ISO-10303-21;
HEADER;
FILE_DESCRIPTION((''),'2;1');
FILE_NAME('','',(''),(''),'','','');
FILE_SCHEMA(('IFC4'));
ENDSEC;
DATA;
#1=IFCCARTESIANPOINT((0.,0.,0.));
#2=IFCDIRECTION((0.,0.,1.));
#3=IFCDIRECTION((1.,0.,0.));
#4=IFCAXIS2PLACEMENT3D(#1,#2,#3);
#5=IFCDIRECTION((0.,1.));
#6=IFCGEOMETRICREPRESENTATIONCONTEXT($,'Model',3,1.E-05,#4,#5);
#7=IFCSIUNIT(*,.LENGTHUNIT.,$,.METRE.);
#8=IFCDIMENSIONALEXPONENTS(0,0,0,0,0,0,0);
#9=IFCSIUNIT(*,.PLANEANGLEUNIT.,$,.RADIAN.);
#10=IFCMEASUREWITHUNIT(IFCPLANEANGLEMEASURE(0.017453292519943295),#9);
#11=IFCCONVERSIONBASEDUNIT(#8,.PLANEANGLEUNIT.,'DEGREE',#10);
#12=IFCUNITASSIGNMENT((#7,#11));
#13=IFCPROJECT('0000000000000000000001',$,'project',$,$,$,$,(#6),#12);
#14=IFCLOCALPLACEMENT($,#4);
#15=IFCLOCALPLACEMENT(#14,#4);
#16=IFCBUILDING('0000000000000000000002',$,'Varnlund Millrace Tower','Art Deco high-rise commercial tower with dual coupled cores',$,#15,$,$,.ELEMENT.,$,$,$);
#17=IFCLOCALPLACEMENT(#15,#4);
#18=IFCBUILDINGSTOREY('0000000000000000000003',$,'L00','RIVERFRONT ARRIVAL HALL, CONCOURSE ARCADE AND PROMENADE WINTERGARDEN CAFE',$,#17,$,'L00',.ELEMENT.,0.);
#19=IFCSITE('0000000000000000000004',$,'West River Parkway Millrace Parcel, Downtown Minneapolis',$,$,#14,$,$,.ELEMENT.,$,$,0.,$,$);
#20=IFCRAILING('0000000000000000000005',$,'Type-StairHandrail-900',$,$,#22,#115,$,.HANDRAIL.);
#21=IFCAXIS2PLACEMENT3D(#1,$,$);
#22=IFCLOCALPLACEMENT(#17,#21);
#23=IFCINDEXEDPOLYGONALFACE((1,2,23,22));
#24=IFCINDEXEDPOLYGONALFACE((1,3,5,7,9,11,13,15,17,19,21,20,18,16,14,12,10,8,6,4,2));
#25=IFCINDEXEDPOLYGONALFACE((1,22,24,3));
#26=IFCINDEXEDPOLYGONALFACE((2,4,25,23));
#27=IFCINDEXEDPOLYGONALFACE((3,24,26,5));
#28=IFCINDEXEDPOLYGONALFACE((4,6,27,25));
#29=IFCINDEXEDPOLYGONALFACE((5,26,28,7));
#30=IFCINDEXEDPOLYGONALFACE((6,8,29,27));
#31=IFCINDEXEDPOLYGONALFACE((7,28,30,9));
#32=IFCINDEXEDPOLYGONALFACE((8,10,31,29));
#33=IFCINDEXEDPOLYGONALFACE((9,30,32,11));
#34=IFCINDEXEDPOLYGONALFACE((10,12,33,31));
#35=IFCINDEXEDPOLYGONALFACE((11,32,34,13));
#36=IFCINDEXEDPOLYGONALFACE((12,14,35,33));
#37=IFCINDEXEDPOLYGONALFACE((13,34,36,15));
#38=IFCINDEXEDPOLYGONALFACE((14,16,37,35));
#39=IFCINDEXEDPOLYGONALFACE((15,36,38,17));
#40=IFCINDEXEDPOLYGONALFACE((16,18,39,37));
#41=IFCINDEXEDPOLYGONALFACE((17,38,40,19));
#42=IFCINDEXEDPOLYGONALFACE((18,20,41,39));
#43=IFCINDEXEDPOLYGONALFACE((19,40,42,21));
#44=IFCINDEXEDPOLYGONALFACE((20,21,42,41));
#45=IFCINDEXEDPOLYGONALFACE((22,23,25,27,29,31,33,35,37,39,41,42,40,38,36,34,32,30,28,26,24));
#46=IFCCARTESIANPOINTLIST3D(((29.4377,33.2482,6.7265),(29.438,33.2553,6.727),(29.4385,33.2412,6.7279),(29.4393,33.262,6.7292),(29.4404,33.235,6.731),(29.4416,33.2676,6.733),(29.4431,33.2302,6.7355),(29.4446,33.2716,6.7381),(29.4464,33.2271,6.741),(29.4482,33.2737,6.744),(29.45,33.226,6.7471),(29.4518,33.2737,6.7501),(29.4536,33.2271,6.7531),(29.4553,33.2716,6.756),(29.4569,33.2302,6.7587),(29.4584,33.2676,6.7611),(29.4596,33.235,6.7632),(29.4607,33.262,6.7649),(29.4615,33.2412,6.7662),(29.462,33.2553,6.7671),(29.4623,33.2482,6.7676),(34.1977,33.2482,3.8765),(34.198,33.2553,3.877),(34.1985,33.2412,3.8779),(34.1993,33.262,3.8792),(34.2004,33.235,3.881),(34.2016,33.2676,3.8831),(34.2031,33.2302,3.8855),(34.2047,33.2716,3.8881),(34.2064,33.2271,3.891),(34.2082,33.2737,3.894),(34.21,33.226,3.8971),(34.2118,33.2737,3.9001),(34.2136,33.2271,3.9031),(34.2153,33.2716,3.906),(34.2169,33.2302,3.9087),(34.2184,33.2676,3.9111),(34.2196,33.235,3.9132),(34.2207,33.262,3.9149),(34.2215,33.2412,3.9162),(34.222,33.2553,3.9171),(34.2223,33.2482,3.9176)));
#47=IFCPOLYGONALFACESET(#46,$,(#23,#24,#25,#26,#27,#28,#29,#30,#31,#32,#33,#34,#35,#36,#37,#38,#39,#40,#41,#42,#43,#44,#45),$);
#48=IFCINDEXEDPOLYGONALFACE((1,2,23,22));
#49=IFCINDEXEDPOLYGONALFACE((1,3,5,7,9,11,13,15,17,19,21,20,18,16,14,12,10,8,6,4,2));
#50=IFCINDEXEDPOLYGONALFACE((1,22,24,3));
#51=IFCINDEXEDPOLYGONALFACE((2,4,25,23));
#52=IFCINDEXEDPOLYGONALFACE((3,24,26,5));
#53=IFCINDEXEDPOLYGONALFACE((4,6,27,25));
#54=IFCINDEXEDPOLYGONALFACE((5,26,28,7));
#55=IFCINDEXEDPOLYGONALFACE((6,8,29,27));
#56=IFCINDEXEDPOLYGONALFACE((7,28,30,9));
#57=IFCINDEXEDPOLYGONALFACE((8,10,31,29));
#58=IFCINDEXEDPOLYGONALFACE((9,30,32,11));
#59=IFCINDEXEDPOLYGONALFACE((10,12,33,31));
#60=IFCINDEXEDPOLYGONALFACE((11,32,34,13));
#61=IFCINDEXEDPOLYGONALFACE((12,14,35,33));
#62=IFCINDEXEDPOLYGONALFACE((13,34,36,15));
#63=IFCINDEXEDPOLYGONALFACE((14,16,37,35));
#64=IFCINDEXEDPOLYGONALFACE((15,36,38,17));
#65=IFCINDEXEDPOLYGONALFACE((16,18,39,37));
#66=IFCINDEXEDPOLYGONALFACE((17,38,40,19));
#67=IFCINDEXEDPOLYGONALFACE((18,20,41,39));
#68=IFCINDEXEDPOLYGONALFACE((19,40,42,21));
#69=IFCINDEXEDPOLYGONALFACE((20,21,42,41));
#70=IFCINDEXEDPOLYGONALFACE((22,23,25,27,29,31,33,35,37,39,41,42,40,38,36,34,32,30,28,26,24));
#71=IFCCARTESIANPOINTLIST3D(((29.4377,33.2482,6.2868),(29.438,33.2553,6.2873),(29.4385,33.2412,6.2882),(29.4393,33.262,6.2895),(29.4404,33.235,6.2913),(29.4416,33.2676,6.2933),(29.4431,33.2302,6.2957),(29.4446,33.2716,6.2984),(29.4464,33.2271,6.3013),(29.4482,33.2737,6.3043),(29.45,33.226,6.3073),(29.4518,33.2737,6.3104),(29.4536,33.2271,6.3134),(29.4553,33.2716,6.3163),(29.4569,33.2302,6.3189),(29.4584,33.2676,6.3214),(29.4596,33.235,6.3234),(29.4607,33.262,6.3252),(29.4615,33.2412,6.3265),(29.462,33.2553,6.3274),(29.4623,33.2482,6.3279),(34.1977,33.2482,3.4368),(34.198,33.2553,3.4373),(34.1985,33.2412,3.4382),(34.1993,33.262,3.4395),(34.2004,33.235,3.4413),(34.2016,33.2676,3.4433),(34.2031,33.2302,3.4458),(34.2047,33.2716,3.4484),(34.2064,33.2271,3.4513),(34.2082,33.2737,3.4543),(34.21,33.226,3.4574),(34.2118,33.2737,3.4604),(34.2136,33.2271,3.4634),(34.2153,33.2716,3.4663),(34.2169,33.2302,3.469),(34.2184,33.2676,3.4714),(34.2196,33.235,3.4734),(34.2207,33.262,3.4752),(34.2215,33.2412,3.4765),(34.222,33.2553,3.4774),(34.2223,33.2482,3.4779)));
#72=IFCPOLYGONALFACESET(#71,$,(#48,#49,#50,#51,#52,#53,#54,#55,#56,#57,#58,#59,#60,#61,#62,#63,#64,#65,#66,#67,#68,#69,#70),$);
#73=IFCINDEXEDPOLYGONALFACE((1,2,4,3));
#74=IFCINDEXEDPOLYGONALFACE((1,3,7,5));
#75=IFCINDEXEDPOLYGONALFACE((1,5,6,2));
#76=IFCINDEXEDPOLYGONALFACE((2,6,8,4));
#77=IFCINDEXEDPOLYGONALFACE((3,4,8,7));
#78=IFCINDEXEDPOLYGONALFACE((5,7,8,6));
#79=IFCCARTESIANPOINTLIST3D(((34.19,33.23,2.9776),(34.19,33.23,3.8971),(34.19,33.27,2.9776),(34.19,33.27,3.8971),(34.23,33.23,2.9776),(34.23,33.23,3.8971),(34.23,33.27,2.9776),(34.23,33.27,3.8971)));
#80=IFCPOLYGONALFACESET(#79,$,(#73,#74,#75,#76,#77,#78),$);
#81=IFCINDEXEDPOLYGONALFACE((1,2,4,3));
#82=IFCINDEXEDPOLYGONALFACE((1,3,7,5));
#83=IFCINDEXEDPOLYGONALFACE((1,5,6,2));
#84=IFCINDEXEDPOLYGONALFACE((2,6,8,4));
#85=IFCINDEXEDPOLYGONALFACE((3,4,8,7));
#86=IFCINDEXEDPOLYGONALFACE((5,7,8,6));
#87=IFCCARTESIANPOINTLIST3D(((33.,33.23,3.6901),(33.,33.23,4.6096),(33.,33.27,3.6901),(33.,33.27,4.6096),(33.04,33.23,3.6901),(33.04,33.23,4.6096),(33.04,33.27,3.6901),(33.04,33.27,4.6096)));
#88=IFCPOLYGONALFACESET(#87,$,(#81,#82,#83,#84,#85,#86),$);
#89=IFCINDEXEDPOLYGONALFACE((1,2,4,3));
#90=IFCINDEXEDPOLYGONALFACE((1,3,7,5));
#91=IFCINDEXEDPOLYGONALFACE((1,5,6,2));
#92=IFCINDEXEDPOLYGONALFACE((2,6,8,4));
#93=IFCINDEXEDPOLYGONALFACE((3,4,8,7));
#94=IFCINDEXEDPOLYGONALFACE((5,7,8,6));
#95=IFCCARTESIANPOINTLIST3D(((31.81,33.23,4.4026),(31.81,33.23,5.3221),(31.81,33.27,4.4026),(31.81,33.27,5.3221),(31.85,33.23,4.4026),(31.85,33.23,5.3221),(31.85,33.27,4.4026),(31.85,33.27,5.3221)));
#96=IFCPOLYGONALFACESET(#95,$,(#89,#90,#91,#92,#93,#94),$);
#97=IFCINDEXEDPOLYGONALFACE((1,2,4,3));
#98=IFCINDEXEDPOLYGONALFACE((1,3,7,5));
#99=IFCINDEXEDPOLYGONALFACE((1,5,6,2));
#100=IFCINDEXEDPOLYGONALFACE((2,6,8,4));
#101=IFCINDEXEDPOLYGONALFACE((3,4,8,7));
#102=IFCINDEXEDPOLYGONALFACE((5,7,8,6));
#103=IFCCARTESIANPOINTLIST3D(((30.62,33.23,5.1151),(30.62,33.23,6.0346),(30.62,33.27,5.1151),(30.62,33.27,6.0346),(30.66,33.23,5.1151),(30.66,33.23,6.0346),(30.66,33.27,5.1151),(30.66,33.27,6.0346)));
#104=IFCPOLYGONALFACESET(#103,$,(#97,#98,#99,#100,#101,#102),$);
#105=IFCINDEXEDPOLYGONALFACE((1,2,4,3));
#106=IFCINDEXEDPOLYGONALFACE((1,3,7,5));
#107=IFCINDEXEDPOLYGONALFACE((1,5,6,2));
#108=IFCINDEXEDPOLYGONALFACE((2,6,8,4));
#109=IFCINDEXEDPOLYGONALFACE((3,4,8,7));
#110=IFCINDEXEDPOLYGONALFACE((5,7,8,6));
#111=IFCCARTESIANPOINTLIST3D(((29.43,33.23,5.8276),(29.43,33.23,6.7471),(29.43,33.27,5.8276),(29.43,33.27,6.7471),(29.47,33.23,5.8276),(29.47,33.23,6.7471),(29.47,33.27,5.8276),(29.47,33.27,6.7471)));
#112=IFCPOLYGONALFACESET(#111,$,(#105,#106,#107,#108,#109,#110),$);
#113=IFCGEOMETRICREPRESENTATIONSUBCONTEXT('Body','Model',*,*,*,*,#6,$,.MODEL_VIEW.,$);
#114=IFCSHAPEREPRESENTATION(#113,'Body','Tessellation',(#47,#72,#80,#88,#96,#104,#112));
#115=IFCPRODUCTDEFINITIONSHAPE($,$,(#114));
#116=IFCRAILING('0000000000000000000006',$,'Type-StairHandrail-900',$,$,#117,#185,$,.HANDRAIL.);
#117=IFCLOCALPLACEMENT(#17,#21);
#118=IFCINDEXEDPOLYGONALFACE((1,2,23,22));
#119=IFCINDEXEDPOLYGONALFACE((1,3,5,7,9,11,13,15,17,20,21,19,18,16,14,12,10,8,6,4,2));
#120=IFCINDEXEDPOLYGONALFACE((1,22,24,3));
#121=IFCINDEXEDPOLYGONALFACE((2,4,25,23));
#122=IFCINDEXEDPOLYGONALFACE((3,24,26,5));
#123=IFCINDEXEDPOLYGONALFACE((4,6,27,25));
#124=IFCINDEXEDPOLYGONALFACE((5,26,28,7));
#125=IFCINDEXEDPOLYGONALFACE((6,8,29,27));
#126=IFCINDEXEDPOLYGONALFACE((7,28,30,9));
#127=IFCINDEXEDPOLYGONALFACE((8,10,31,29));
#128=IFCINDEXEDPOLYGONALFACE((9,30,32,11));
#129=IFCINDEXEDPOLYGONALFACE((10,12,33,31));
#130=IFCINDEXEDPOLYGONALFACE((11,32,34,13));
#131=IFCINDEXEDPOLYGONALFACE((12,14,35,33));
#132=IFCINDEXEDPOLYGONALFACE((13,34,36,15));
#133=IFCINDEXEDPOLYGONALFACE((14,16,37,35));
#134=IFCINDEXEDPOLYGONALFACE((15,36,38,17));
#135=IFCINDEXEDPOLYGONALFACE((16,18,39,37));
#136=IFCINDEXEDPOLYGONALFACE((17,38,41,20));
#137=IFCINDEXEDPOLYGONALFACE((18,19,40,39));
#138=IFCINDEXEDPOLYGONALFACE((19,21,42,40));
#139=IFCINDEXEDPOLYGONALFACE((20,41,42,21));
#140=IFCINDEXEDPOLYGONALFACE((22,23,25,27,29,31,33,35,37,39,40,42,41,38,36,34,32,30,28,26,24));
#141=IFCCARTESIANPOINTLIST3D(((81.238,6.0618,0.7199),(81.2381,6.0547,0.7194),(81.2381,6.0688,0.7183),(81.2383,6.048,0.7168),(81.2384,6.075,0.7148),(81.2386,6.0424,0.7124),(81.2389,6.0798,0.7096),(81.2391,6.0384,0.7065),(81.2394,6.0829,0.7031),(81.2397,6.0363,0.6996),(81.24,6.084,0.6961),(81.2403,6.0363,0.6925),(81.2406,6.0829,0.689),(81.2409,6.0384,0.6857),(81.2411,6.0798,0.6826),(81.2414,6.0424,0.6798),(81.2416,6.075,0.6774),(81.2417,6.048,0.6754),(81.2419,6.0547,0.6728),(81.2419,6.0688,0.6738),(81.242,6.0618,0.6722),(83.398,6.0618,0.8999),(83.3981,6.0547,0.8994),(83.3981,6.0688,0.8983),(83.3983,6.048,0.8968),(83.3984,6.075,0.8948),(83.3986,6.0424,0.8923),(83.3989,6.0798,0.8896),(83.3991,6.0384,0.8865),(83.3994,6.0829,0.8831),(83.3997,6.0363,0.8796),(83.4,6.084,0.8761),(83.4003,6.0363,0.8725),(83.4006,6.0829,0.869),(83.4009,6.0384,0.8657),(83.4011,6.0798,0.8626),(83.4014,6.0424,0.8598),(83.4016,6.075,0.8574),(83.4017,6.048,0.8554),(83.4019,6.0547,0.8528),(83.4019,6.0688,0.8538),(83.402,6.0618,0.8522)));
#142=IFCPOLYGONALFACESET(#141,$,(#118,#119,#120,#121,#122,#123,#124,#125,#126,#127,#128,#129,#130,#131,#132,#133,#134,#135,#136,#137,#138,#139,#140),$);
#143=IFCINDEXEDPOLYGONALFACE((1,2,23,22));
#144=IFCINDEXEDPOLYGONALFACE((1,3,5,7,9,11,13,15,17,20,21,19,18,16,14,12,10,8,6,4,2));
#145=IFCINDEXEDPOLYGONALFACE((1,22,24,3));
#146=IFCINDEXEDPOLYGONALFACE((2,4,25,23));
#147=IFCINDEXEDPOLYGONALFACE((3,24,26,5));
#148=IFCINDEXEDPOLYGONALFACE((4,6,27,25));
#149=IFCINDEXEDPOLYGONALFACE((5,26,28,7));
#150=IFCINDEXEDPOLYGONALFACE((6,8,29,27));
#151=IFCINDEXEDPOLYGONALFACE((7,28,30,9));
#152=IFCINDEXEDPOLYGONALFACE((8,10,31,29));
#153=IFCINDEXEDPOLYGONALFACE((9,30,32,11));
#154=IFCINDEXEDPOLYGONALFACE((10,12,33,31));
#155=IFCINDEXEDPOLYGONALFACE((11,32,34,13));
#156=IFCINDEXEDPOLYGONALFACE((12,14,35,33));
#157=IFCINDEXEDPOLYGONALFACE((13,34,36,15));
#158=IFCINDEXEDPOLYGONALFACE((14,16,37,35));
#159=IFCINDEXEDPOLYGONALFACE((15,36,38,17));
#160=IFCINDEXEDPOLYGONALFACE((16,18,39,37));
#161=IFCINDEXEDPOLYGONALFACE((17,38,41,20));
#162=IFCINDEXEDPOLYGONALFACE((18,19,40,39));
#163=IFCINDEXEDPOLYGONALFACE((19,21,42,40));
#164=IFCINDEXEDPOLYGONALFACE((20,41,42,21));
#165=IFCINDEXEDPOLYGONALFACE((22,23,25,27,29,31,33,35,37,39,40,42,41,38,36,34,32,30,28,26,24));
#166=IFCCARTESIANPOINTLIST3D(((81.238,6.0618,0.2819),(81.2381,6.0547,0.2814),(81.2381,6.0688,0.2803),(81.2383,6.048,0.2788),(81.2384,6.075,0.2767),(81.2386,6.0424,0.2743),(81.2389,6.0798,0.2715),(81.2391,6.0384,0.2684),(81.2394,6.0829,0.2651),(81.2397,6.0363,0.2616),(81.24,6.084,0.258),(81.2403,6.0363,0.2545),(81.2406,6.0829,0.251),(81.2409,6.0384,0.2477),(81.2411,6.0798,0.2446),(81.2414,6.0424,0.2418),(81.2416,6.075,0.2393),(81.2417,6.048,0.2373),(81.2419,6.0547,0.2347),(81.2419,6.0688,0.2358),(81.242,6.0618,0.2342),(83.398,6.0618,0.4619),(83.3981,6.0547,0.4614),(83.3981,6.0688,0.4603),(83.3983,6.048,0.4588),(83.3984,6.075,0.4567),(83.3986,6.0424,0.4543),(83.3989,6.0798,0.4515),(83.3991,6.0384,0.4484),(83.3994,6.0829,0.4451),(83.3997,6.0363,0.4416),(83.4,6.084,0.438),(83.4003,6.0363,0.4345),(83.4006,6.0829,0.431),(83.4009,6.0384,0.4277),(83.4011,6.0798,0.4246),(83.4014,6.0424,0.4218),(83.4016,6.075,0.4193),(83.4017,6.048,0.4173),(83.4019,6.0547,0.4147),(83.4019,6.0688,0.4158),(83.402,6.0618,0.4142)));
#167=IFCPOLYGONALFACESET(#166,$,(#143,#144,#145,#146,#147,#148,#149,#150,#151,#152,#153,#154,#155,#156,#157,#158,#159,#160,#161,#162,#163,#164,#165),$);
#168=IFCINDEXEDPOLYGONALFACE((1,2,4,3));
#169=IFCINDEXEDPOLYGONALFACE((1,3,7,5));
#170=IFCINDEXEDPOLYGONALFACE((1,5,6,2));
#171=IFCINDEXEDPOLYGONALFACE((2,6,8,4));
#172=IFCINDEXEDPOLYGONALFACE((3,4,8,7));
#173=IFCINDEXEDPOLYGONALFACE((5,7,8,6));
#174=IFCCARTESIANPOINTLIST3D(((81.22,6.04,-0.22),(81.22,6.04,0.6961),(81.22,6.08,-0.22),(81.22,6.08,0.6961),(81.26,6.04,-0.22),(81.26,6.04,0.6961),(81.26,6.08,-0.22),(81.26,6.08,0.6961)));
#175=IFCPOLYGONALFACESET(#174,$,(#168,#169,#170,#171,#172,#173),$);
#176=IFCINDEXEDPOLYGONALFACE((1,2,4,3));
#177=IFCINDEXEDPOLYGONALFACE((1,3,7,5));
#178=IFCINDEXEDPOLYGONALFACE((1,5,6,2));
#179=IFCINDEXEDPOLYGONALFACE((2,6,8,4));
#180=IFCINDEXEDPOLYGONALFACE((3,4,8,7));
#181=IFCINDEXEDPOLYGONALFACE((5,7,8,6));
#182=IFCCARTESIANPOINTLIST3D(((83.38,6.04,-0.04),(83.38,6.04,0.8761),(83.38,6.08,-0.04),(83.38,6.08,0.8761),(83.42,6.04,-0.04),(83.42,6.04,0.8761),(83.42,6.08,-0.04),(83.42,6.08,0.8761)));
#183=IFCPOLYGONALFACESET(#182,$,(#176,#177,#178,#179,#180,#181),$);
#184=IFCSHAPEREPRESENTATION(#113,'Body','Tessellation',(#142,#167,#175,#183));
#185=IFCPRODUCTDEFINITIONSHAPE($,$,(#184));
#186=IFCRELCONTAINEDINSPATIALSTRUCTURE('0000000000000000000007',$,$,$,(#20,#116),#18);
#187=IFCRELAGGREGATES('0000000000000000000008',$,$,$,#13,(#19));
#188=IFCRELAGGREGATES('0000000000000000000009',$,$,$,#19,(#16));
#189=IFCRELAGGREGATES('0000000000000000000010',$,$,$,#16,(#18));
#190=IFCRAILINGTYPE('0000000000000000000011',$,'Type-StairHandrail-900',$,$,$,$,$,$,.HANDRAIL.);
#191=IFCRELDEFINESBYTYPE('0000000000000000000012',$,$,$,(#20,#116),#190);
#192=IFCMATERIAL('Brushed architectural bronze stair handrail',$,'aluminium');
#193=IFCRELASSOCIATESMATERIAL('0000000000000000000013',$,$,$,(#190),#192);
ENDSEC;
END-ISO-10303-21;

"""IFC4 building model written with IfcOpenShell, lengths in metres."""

from ifc_helpers import new_model, entity, si_unit, converted_unit, direction, frame, origin_with_axes, origin_2d_with_axis, place, context, subcontext, project, spatial, rectangle, circle, extrude, material, type_object, element, save


model = new_model("IFC4")

# Units and contexts
model_context = context("Model", 3, precision=1e-05, world=origin_with_axes(), true_north=direction((0.0, 1.0)))
body_context = subcontext(model_context, "Body", "Model", "MODEL_VIEW")
ifc_project = project(units=[si_unit("LENGTHUNIT", "METRE"), converted_unit("PLANEANGLEUNIT", "DEGREE", entity("IfcPlaneAngleMeasure", 0.017453292519943295), si_unit("PLANEANGLEUNIT", "RADIAN"), dimensions=[0, 0, 0, 0, 0, 0, 0])], contexts=[model_context])

# Site, building, storey
site_placement = place(None, origin_with_axes())
site = spatial("IfcSite", under=ifc_project, at=site_placement, Name="West River Parkway Millrace Parcel, Downtown Minneapolis", CompositionType="ELEMENT", RefElevation=0.0)
building_placement = place(site_placement, origin_with_axes())
building = spatial("IfcBuilding", under=site, at=building_placement, Name="Varnlund Millrace Tower", Description="Art Deco high-rise commercial tower with dual coupled cores", CompositionType="ELEMENT")
storey_placement = place(building_placement, origin_with_axes())
storey = spatial("IfcBuildingStorey", under=building, at=storey_placement, Name="L00", Description="RIVERFRONT ARRIVAL HALL, CONCOURSE ARCADE AND PROMENADE WINTERGARDEN CAFE", LongName="L00", CompositionType="ELEMENT", Elevation=0.0)

# Railings
ifc_material_1 = material(Name="Brushed architectural bronze stair handrail", Category="aluminium")
railing_type_1 = type_object("IfcRailingType", Name="Type-StairHandrail-900", PredefinedType="HANDRAIL", material=ifc_material_1)
railing_1_placement = place(storey_placement, origin_with_axes())
element("IfcRailing", 1, at=railing_1_placement, inside=storey, type_object=railing_type_1, Name="Type-StairHandrail-900", PredefinedType="HANDRAIL", context=body_context, shape_type="SweptSolid", body=[
    extrude(circle(Radius=0.024, at=origin_2d_with_axis()), frame((34.21, 33.25, 3.8971), z_axis=(-0.85797, 0.0, 0.5137), x_axis=(0.0, -1.0, 0.0)), (0.0, 0.0, 1.0), 5.548),
    extrude(circle(Radius=0.024, at=origin_2d_with_axis()), frame((34.21, 33.25, 3.4574), z_axis=(-0.85797, 0.0, 0.5137), x_axis=(0.0, -1.0, 0.0)), (0.0, 0.0, 1.0), 5.548),
    extrude(rectangle(XDim=0.04, YDim=0.04, at=origin_2d_with_axis()), frame((34.21, 33.25, 2.9776), z_axis=(0.0, 0.0, 1.0), x_axis=(1.0, 0.0, 0.0)), (0.0, 0.0, 1.0), 0.9194),
    extrude(rectangle(XDim=0.04, YDim=0.04, at=origin_2d_with_axis()), frame((33.02, 33.25, 3.6901), z_axis=(0.0, 0.0, 1.0), x_axis=(1.0, 0.0, 0.0)), (0.0, 0.0, 1.0), 0.9194),
    extrude(rectangle(XDim=0.04, YDim=0.04, at=origin_2d_with_axis()), frame((31.83, 33.25, 4.4026), z_axis=(0.0, 0.0, 1.0), x_axis=(1.0, 0.0, 0.0)), (0.0, 0.0, 1.0), 0.9194),
    extrude(rectangle(XDim=0.04, YDim=0.04, at=origin_2d_with_axis()), frame((30.64, 33.25, 5.1151), z_axis=(0.0, 0.0, 1.0), x_axis=(1.0, 0.0, 0.0)), (0.0, 0.0, 1.0), 0.9194),
    extrude(rectangle(XDim=0.04, YDim=0.04, at=origin_2d_with_axis()), frame((29.45, 33.25, 5.8276), z_axis=(0.0, 0.0, 1.0), x_axis=(1.0, 0.0, 0.0)), (0.0, 0.0, 1.0), 0.9194),
])
railing_2_placement = place(storey_placement, origin_with_axes())
element("IfcRailing", 2, at=railing_2_placement, inside=storey, type_object=railing_type_1, Name="Type-StairHandrail-900", PredefinedType="HANDRAIL", context=body_context, shape_type="SweptSolid", body=[
    extrude(circle(Radius=0.024, at=origin_2d_with_axis()), frame((81.24, 6.06, 0.6961), z_axis=(0.996546, 0.0, 0.083045), x_axis=(0.0, 1.0, 0.0)), (0.0, 0.0, 1.0), 2.1675),
    extrude(circle(Radius=0.024, at=origin_2d_with_axis()), frame((81.24, 6.06, 0.258), z_axis=(0.996546, 0.0, 0.083045), x_axis=(0.0, 1.0, 0.0)), (0.0, 0.0, 1.0), 2.1675),
    extrude(rectangle(XDim=0.04, YDim=0.04, at=origin_2d_with_axis()), frame((81.24, 6.06, -0.22), z_axis=(0.0, 0.0, 1.0), x_axis=(1.0, 0.0, 0.0)), (0.0, 0.0, 1.0), 0.9161),
    extrude(rectangle(XDim=0.04, YDim=0.04, at=origin_2d_with_axis()), frame((83.4, 6.06, -0.04), z_axis=(0.0, 0.0, 1.0), x_axis=(1.0, 0.0, 0.0)), (0.0, 0.0, 1.0), 0.9161),
])

save(model, "model.ifc")
